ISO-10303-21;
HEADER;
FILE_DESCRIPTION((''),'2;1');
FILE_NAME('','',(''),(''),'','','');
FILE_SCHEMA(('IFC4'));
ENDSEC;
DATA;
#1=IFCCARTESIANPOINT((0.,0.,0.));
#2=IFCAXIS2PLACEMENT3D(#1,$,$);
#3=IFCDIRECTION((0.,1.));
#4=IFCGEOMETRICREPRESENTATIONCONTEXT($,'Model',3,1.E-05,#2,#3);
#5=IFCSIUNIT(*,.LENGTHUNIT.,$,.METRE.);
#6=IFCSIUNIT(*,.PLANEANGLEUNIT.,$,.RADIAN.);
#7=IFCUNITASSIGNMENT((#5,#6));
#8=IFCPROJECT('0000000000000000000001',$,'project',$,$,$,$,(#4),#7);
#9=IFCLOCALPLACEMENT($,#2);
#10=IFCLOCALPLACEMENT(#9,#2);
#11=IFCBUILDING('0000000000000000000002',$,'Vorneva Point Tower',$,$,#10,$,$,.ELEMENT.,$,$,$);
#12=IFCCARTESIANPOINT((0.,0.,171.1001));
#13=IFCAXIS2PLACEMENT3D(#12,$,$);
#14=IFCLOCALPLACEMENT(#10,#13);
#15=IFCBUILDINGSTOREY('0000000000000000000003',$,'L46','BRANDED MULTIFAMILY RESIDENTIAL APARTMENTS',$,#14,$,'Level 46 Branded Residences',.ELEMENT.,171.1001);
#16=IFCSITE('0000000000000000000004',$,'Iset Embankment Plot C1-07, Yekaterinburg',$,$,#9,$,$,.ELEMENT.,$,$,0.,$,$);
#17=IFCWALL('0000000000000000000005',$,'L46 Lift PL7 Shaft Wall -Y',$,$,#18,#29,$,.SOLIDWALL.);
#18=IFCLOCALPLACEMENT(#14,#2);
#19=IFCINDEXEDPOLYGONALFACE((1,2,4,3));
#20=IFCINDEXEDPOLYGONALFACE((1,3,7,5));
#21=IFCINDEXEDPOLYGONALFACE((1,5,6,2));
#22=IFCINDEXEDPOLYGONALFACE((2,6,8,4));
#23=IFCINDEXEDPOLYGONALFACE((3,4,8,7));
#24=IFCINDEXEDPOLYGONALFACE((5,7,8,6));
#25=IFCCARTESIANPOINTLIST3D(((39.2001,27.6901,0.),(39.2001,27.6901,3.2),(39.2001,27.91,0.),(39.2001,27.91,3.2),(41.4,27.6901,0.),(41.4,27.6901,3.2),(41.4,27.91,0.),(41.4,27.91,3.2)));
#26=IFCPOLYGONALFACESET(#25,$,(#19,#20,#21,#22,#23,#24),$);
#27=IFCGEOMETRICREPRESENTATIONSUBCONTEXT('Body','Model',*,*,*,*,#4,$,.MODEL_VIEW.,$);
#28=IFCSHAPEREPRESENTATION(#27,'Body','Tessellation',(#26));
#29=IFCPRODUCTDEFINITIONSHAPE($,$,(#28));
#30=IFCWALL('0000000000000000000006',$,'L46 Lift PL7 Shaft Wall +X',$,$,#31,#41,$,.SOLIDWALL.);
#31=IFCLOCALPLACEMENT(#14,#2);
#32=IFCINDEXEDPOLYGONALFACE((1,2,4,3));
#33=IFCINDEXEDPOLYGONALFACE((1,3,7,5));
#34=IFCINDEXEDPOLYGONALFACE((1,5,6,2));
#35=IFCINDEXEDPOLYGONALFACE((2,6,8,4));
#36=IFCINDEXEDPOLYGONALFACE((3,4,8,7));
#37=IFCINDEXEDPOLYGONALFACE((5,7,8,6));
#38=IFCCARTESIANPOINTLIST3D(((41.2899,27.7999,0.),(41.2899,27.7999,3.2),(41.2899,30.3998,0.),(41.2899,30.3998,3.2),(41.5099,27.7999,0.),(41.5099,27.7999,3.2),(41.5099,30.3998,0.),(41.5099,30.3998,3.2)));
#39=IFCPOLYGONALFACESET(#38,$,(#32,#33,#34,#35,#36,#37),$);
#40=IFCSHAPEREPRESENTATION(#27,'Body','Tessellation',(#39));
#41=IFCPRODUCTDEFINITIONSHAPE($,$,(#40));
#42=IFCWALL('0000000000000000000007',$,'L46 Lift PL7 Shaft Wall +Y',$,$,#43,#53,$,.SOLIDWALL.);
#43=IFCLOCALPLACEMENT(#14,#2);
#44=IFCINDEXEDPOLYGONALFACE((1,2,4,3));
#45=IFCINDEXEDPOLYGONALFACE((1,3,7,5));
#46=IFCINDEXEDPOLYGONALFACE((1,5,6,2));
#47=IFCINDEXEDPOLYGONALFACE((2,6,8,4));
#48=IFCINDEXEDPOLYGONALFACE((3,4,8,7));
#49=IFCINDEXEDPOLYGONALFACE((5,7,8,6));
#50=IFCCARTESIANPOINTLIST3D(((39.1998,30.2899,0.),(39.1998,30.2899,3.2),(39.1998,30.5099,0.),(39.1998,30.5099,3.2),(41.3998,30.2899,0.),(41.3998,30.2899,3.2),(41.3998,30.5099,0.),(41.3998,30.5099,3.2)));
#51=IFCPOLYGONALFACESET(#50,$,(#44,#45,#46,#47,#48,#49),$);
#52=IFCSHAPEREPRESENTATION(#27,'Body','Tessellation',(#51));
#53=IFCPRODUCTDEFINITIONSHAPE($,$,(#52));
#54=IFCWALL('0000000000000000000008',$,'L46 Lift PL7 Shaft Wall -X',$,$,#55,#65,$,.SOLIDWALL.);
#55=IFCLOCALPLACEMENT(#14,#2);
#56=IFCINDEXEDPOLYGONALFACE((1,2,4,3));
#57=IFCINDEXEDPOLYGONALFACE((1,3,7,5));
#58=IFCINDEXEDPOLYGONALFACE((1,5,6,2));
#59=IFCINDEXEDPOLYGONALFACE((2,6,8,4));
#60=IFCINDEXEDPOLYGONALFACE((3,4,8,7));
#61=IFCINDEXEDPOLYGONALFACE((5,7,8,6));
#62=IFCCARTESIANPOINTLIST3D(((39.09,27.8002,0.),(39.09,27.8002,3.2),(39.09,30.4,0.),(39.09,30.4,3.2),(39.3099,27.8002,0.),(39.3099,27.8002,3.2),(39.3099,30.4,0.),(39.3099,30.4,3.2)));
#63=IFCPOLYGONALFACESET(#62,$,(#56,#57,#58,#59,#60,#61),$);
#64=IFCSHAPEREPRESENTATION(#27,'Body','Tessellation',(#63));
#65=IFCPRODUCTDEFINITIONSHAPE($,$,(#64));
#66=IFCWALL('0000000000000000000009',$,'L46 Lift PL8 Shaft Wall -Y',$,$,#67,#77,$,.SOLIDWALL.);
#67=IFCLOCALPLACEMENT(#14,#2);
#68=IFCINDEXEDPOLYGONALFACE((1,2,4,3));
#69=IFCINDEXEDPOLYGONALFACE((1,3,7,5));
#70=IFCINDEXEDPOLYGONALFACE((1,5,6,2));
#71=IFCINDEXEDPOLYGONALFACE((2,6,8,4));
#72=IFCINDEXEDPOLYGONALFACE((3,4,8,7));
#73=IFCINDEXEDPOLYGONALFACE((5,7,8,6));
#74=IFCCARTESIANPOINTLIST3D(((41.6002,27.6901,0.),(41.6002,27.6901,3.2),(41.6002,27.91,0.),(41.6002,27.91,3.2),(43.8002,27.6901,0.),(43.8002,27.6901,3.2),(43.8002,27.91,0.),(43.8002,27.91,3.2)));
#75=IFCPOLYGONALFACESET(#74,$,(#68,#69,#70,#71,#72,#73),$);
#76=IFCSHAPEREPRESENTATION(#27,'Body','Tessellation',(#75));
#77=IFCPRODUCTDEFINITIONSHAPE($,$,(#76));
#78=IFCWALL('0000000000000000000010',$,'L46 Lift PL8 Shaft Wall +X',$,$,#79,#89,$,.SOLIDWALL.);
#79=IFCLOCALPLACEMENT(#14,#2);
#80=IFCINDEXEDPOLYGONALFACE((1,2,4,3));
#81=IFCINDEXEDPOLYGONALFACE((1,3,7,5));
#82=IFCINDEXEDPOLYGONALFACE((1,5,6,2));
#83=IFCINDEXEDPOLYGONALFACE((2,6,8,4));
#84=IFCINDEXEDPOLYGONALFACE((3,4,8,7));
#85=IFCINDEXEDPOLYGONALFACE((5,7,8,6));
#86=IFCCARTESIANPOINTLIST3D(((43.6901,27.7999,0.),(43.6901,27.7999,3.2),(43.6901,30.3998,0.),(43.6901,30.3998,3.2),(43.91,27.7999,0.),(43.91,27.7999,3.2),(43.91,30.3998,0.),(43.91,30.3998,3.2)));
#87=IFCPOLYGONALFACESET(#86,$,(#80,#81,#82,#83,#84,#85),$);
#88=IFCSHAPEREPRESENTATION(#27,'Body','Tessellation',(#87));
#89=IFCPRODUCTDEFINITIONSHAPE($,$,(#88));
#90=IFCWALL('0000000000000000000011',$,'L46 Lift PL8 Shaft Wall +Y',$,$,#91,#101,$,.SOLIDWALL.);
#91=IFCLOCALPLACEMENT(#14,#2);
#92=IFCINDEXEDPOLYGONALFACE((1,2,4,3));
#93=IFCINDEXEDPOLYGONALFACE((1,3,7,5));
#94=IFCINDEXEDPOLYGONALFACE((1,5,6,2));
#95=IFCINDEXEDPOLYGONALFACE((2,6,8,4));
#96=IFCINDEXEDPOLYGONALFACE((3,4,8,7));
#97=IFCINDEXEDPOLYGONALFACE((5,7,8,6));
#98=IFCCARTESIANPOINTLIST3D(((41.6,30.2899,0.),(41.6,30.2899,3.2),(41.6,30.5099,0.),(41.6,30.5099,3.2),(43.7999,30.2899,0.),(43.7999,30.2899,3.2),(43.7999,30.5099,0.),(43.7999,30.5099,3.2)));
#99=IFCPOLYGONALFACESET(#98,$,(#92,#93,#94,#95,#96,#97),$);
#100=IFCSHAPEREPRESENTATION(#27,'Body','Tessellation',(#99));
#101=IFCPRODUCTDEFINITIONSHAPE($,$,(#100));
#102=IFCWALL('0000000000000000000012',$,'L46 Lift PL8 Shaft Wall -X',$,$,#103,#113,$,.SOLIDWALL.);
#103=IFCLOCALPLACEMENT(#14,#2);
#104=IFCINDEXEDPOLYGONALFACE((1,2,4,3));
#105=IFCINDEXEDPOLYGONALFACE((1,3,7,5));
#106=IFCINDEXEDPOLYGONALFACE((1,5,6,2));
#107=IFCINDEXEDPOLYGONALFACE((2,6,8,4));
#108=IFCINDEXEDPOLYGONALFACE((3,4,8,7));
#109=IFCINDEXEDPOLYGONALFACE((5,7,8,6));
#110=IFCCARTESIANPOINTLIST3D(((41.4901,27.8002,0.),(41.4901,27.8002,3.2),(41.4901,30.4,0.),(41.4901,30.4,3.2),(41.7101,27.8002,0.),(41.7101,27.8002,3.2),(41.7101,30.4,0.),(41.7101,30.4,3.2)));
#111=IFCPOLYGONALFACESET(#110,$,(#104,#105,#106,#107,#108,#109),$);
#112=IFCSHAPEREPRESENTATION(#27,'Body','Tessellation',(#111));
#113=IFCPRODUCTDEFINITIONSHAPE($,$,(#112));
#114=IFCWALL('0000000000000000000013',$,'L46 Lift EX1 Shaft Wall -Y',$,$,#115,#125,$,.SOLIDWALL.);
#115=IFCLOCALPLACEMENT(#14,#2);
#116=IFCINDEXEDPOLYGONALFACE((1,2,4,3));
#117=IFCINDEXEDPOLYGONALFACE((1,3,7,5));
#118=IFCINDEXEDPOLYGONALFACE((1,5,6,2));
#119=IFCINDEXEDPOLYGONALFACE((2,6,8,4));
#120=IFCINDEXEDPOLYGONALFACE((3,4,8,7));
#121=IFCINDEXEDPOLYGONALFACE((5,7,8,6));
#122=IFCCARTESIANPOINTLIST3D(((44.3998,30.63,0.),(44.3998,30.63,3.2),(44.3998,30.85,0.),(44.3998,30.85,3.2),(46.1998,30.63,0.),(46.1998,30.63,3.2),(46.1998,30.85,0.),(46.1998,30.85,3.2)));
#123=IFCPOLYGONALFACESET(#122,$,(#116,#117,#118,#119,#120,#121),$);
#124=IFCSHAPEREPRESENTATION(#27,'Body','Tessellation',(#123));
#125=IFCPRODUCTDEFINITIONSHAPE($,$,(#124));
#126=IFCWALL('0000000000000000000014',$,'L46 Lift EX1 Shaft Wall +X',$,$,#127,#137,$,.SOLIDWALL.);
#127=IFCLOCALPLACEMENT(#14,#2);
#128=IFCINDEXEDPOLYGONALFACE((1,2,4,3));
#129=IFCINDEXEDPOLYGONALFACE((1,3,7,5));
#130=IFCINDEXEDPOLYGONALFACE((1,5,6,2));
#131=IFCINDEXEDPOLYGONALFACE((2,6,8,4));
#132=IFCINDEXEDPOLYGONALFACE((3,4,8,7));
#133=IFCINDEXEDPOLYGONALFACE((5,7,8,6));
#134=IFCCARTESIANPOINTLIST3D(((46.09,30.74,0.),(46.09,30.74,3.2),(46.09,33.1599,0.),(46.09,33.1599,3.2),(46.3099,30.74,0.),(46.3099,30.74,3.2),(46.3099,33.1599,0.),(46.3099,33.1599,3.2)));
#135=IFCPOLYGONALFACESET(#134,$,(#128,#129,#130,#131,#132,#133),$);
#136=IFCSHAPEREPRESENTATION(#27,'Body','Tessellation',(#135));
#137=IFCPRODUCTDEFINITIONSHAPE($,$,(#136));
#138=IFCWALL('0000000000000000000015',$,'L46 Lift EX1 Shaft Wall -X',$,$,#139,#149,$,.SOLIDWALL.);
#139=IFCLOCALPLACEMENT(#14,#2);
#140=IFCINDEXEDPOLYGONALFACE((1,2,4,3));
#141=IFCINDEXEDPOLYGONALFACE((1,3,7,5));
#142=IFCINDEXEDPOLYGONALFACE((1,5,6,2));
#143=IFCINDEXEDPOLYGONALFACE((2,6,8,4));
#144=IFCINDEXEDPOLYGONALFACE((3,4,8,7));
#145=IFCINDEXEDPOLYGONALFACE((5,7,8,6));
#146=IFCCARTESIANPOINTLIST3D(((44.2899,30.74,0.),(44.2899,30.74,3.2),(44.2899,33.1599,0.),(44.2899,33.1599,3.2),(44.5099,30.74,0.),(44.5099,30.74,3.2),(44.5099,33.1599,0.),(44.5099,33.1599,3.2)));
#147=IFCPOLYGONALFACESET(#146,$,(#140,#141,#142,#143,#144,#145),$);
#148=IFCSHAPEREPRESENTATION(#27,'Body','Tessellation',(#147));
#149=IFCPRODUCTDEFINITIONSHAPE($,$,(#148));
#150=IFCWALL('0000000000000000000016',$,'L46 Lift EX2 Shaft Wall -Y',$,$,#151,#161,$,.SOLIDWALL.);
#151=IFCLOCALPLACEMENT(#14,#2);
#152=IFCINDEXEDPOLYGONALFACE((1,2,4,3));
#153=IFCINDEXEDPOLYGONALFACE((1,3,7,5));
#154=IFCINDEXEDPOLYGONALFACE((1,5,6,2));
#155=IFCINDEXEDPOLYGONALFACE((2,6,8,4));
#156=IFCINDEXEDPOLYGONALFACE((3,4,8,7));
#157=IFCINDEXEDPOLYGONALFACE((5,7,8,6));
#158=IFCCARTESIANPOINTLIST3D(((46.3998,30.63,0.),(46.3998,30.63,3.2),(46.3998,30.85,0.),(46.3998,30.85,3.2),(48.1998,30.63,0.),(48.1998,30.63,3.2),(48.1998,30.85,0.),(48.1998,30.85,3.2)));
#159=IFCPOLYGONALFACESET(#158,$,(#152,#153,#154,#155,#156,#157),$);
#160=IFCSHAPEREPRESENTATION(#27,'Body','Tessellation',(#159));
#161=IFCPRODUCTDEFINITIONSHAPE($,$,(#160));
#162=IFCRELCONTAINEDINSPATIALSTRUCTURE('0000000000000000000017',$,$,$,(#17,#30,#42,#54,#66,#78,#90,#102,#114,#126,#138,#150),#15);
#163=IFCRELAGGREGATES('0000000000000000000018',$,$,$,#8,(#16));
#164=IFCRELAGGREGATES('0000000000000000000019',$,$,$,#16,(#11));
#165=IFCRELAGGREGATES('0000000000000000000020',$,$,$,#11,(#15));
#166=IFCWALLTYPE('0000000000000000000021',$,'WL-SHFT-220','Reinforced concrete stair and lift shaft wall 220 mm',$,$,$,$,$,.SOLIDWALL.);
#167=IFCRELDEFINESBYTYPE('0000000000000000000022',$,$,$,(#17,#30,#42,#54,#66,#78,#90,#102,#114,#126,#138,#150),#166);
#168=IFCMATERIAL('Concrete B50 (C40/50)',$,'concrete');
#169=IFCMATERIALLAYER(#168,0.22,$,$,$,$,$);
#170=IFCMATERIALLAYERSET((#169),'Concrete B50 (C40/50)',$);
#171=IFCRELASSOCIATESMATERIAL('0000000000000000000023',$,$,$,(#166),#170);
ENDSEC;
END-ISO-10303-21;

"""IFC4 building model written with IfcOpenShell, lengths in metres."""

from ifc_helpers import new_model, si_unit, direction, frame, frame_2d, origin, place, context, subcontext, project, spatial, rectangle, extrude, material, layer, layer_set, type_object, element, save


model = new_model("IFC4")

# Units and contexts
model_context = context("Model", 3, precision=1e-05, world=origin(), true_north=direction((0.0, 1.0)))
body_context = subcontext(model_context, "Body", "Model", "MODEL_VIEW")
ifc_project = project(units=[si_unit("LENGTHUNIT", "METRE"), si_unit("PLANEANGLEUNIT", "RADIAN")], contexts=[model_context])

# Site, building, storey
site_placement = place(None, origin())
site = spatial("IfcSite", under=ifc_project, at=site_placement, Name="Iset Embankment Plot C1-07, Yekaterinburg", CompositionType="ELEMENT", RefElevation=0.0)
building_placement = place(site_placement, origin())
building = spatial("IfcBuilding", under=site, at=building_placement, Name="Vorneva Point Tower", CompositionType="ELEMENT")
storey_placement = place(building_placement, frame((0.0, 0.0, 171.1001)))
storey = spatial("IfcBuildingStorey", under=building, at=storey_placement, Name="L46", Description="BRANDED MULTIFAMILY RESIDENTIAL APARTMENTS", LongName="Level 46 Branded Residences", CompositionType="ELEMENT", Elevation=171.1001)

# Walls
ifc_material_1 = material(Name="Concrete B50 (C40/50)", Category="concrete")
ifc_layer_1 = layer(ifc_material_1, 0.22)
ifc_layer_set_1 = layer_set([ifc_layer_1], Name="Concrete B50 (C40/50)")
wall_type_1 = type_object("IfcWallType", Name="WL-SHFT-220", Description="Reinforced concrete stair and lift shaft wall 220 mm", PredefinedType="SOLIDWALL", material=ifc_layer_set_1)
wall_1_placement = place(storey_placement, frame((39.2, 27.8, 0.0), z_axis=(0.0, 0.0, 1.0), x_axis=(1.0, 0.0, 0.0)))
element("IfcWall", 1, at=wall_1_placement, inside=storey, type_object=wall_type_1, Name="L46 Lift PL7 Shaft Wall -Y", PredefinedType="SOLIDWALL", context=body_context, shape_type="SweptSolid", body=[
    extrude(rectangle(XDim=2.2, YDim=0.22, at=frame_2d((1.1001, 0.0))), origin(), (0.0, 0.0, 1.0), 3.2),
])
wall_2_placement = place(storey_placement, frame((41.3999, 27.8, 0.0), z_axis=(0.0, 0.0, 1.0), x_axis=(0.0, 1.0, 0.0)))
element("IfcWall", 2, at=wall_2_placement, inside=storey, type_object=wall_type_1, Name="L46 Lift PL7 Shaft Wall +X", PredefinedType="SOLIDWALL", context=body_context, shape_type="SweptSolid", body=[
    extrude(rectangle(XDim=2.5999, YDim=0.22, at=frame_2d((1.2998, 0.0))), origin(), (0.0, 0.0, 1.0), 3.2),
])
wall_3_placement = place(storey_placement, frame((41.3999, 30.3999, 0.0), z_axis=(0.0, 0.0, 1.0), x_axis=(-1.0, 0.0, 0.0)))
element("IfcWall", 3, at=wall_3_placement, inside=storey, type_object=wall_type_1, Name="L46 Lift PL7 Shaft Wall +Y", PredefinedType="SOLIDWALL", context=body_context, shape_type="SweptSolid", body=[
    extrude(rectangle(XDim=2.2, YDim=0.22, at=frame_2d((1.1001, 0.0))), origin(), (0.0, 0.0, 1.0), 3.2),
])
wall_4_placement = place(storey_placement, frame((39.2, 30.3999, 0.0), z_axis=(0.0, 0.0, 1.0), x_axis=(0.0, -1.0, 0.0)))
element("IfcWall", 4, at=wall_4_placement, inside=storey, type_object=wall_type_1, Name="L46 Lift PL7 Shaft Wall -X", PredefinedType="SOLIDWALL", context=body_context, shape_type="SweptSolid", body=[
    extrude(rectangle(XDim=2.5999, YDim=0.22, at=frame_2d((1.2998, 0.0))), origin(), (0.0, 0.0, 1.0), 3.2),
])
wall_5_placement = place(storey_placement, frame((41.6001, 27.8, 0.0), z_axis=(0.0, 0.0, 1.0), x_axis=(1.0, 0.0, 0.0)))
element("IfcWall", 5, at=wall_5_placement, inside=storey, type_object=wall_type_1, Name="L46 Lift PL8 Shaft Wall -Y", PredefinedType="SOLIDWALL", context=body_context, shape_type="SweptSolid", body=[
    extrude(rectangle(XDim=2.2, YDim=0.22, at=frame_2d((1.1001, 0.0))), origin(), (0.0, 0.0, 1.0), 3.2),
])
wall_6_placement = place(storey_placement, frame((43.8, 27.8, 0.0), z_axis=(0.0, 0.0, 1.0), x_axis=(0.0, 1.0, 0.0)))
element("IfcWall", 6, at=wall_6_placement, inside=storey, type_object=wall_type_1, Name="L46 Lift PL8 Shaft Wall +X", PredefinedType="SOLIDWALL", context=body_context, shape_type="SweptSolid", body=[
    extrude(rectangle(XDim=2.5999, YDim=0.22, at=frame_2d((1.2998, 0.0))), origin(), (0.0, 0.0, 1.0), 3.2),
])
wall_7_placement = place(storey_placement, frame((43.8, 30.3999, 0.0), z_axis=(0.0, 0.0, 1.0), x_axis=(-1.0, 0.0, 0.0)))
element("IfcWall", 7, at=wall_7_placement, inside=storey, type_object=wall_type_1, Name="L46 Lift PL8 Shaft Wall +Y", PredefinedType="SOLIDWALL", context=body_context, shape_type="SweptSolid", body=[
    extrude(rectangle(XDim=2.2, YDim=0.22, at=frame_2d((1.1001, 0.0))), origin(), (0.0, 0.0, 1.0), 3.2),
])
wall_8_placement = place(storey_placement, frame((41.6001, 30.3999, 0.0), z_axis=(0.0, 0.0, 1.0), x_axis=(0.0, -1.0, 0.0)))
element("IfcWall", 8, at=wall_8_placement, inside=storey, type_object=wall_type_1, Name="L46 Lift PL8 Shaft Wall -X", PredefinedType="SOLIDWALL", context=body_context, shape_type="SweptSolid", body=[
    extrude(rectangle(XDim=2.5999, YDim=0.22, at=frame_2d((1.2998, 0.0))), origin(), (0.0, 0.0, 1.0), 3.2),
])
wall_9_placement = place(storey_placement, frame((44.3999, 30.74, 0.0), z_axis=(0.0, 0.0, 1.0), x_axis=(1.0, 0.0, 0.0)))
element("IfcWall", 9, at=wall_9_placement, inside=storey, type_object=wall_type_1, Name="L46 Lift EX1 Shaft Wall -Y", PredefinedType="SOLIDWALL", context=body_context, shape_type="SweptSolid", body=[
    extrude(rectangle(XDim=1.8, YDim=0.22, at=frame_2d((0.8999, 0.0))), origin(), (0.0, 0.0, 1.0), 3.2),
])
for number, where, z_axis, x_axis, name in (
    (10, (46.2, 30.74, 0.0), (0.0, 0.0, 1.0), (0.0, 1.0, 0.0), "L46 Lift EX1 Shaft Wall +X"),
    (11, (44.3999, 33.1599, 0.0), (0.0, 0.0, 1.0), (0.0, -1.0, 0.0), "L46 Lift EX1 Shaft Wall -X"),
):
    element("IfcWall", number, at=place(storey_placement, frame(where, z_axis=z_axis, x_axis=x_axis)), inside=storey, type_object=wall_type_1, Name=name, PredefinedType="SOLIDWALL", context=body_context, shape_type="SweptSolid", body=[
        extrude(rectangle(XDim=2.4199, YDim=0.22, at=frame_2d((1.21, 0.0))), origin(), (0.0, 0.0, 1.0), 3.2),
    ])
wall_10_placement = place(storey_placement, frame((46.3999, 30.74, 0.0), z_axis=(0.0, 0.0, 1.0), x_axis=(1.0, 0.0, 0.0)))
element("IfcWall", 12, at=wall_10_placement, inside=storey, type_object=wall_type_1, Name="L46 Lift EX2 Shaft Wall -Y", PredefinedType="SOLIDWALL", context=body_context, shape_type="SweptSolid", body=[
    extrude(rectangle(XDim=1.8, YDim=0.22, at=frame_2d((0.8999, 0.0))), origin(), (0.0, 0.0, 1.0), 3.2),
])

save(model, "model.ifc")
